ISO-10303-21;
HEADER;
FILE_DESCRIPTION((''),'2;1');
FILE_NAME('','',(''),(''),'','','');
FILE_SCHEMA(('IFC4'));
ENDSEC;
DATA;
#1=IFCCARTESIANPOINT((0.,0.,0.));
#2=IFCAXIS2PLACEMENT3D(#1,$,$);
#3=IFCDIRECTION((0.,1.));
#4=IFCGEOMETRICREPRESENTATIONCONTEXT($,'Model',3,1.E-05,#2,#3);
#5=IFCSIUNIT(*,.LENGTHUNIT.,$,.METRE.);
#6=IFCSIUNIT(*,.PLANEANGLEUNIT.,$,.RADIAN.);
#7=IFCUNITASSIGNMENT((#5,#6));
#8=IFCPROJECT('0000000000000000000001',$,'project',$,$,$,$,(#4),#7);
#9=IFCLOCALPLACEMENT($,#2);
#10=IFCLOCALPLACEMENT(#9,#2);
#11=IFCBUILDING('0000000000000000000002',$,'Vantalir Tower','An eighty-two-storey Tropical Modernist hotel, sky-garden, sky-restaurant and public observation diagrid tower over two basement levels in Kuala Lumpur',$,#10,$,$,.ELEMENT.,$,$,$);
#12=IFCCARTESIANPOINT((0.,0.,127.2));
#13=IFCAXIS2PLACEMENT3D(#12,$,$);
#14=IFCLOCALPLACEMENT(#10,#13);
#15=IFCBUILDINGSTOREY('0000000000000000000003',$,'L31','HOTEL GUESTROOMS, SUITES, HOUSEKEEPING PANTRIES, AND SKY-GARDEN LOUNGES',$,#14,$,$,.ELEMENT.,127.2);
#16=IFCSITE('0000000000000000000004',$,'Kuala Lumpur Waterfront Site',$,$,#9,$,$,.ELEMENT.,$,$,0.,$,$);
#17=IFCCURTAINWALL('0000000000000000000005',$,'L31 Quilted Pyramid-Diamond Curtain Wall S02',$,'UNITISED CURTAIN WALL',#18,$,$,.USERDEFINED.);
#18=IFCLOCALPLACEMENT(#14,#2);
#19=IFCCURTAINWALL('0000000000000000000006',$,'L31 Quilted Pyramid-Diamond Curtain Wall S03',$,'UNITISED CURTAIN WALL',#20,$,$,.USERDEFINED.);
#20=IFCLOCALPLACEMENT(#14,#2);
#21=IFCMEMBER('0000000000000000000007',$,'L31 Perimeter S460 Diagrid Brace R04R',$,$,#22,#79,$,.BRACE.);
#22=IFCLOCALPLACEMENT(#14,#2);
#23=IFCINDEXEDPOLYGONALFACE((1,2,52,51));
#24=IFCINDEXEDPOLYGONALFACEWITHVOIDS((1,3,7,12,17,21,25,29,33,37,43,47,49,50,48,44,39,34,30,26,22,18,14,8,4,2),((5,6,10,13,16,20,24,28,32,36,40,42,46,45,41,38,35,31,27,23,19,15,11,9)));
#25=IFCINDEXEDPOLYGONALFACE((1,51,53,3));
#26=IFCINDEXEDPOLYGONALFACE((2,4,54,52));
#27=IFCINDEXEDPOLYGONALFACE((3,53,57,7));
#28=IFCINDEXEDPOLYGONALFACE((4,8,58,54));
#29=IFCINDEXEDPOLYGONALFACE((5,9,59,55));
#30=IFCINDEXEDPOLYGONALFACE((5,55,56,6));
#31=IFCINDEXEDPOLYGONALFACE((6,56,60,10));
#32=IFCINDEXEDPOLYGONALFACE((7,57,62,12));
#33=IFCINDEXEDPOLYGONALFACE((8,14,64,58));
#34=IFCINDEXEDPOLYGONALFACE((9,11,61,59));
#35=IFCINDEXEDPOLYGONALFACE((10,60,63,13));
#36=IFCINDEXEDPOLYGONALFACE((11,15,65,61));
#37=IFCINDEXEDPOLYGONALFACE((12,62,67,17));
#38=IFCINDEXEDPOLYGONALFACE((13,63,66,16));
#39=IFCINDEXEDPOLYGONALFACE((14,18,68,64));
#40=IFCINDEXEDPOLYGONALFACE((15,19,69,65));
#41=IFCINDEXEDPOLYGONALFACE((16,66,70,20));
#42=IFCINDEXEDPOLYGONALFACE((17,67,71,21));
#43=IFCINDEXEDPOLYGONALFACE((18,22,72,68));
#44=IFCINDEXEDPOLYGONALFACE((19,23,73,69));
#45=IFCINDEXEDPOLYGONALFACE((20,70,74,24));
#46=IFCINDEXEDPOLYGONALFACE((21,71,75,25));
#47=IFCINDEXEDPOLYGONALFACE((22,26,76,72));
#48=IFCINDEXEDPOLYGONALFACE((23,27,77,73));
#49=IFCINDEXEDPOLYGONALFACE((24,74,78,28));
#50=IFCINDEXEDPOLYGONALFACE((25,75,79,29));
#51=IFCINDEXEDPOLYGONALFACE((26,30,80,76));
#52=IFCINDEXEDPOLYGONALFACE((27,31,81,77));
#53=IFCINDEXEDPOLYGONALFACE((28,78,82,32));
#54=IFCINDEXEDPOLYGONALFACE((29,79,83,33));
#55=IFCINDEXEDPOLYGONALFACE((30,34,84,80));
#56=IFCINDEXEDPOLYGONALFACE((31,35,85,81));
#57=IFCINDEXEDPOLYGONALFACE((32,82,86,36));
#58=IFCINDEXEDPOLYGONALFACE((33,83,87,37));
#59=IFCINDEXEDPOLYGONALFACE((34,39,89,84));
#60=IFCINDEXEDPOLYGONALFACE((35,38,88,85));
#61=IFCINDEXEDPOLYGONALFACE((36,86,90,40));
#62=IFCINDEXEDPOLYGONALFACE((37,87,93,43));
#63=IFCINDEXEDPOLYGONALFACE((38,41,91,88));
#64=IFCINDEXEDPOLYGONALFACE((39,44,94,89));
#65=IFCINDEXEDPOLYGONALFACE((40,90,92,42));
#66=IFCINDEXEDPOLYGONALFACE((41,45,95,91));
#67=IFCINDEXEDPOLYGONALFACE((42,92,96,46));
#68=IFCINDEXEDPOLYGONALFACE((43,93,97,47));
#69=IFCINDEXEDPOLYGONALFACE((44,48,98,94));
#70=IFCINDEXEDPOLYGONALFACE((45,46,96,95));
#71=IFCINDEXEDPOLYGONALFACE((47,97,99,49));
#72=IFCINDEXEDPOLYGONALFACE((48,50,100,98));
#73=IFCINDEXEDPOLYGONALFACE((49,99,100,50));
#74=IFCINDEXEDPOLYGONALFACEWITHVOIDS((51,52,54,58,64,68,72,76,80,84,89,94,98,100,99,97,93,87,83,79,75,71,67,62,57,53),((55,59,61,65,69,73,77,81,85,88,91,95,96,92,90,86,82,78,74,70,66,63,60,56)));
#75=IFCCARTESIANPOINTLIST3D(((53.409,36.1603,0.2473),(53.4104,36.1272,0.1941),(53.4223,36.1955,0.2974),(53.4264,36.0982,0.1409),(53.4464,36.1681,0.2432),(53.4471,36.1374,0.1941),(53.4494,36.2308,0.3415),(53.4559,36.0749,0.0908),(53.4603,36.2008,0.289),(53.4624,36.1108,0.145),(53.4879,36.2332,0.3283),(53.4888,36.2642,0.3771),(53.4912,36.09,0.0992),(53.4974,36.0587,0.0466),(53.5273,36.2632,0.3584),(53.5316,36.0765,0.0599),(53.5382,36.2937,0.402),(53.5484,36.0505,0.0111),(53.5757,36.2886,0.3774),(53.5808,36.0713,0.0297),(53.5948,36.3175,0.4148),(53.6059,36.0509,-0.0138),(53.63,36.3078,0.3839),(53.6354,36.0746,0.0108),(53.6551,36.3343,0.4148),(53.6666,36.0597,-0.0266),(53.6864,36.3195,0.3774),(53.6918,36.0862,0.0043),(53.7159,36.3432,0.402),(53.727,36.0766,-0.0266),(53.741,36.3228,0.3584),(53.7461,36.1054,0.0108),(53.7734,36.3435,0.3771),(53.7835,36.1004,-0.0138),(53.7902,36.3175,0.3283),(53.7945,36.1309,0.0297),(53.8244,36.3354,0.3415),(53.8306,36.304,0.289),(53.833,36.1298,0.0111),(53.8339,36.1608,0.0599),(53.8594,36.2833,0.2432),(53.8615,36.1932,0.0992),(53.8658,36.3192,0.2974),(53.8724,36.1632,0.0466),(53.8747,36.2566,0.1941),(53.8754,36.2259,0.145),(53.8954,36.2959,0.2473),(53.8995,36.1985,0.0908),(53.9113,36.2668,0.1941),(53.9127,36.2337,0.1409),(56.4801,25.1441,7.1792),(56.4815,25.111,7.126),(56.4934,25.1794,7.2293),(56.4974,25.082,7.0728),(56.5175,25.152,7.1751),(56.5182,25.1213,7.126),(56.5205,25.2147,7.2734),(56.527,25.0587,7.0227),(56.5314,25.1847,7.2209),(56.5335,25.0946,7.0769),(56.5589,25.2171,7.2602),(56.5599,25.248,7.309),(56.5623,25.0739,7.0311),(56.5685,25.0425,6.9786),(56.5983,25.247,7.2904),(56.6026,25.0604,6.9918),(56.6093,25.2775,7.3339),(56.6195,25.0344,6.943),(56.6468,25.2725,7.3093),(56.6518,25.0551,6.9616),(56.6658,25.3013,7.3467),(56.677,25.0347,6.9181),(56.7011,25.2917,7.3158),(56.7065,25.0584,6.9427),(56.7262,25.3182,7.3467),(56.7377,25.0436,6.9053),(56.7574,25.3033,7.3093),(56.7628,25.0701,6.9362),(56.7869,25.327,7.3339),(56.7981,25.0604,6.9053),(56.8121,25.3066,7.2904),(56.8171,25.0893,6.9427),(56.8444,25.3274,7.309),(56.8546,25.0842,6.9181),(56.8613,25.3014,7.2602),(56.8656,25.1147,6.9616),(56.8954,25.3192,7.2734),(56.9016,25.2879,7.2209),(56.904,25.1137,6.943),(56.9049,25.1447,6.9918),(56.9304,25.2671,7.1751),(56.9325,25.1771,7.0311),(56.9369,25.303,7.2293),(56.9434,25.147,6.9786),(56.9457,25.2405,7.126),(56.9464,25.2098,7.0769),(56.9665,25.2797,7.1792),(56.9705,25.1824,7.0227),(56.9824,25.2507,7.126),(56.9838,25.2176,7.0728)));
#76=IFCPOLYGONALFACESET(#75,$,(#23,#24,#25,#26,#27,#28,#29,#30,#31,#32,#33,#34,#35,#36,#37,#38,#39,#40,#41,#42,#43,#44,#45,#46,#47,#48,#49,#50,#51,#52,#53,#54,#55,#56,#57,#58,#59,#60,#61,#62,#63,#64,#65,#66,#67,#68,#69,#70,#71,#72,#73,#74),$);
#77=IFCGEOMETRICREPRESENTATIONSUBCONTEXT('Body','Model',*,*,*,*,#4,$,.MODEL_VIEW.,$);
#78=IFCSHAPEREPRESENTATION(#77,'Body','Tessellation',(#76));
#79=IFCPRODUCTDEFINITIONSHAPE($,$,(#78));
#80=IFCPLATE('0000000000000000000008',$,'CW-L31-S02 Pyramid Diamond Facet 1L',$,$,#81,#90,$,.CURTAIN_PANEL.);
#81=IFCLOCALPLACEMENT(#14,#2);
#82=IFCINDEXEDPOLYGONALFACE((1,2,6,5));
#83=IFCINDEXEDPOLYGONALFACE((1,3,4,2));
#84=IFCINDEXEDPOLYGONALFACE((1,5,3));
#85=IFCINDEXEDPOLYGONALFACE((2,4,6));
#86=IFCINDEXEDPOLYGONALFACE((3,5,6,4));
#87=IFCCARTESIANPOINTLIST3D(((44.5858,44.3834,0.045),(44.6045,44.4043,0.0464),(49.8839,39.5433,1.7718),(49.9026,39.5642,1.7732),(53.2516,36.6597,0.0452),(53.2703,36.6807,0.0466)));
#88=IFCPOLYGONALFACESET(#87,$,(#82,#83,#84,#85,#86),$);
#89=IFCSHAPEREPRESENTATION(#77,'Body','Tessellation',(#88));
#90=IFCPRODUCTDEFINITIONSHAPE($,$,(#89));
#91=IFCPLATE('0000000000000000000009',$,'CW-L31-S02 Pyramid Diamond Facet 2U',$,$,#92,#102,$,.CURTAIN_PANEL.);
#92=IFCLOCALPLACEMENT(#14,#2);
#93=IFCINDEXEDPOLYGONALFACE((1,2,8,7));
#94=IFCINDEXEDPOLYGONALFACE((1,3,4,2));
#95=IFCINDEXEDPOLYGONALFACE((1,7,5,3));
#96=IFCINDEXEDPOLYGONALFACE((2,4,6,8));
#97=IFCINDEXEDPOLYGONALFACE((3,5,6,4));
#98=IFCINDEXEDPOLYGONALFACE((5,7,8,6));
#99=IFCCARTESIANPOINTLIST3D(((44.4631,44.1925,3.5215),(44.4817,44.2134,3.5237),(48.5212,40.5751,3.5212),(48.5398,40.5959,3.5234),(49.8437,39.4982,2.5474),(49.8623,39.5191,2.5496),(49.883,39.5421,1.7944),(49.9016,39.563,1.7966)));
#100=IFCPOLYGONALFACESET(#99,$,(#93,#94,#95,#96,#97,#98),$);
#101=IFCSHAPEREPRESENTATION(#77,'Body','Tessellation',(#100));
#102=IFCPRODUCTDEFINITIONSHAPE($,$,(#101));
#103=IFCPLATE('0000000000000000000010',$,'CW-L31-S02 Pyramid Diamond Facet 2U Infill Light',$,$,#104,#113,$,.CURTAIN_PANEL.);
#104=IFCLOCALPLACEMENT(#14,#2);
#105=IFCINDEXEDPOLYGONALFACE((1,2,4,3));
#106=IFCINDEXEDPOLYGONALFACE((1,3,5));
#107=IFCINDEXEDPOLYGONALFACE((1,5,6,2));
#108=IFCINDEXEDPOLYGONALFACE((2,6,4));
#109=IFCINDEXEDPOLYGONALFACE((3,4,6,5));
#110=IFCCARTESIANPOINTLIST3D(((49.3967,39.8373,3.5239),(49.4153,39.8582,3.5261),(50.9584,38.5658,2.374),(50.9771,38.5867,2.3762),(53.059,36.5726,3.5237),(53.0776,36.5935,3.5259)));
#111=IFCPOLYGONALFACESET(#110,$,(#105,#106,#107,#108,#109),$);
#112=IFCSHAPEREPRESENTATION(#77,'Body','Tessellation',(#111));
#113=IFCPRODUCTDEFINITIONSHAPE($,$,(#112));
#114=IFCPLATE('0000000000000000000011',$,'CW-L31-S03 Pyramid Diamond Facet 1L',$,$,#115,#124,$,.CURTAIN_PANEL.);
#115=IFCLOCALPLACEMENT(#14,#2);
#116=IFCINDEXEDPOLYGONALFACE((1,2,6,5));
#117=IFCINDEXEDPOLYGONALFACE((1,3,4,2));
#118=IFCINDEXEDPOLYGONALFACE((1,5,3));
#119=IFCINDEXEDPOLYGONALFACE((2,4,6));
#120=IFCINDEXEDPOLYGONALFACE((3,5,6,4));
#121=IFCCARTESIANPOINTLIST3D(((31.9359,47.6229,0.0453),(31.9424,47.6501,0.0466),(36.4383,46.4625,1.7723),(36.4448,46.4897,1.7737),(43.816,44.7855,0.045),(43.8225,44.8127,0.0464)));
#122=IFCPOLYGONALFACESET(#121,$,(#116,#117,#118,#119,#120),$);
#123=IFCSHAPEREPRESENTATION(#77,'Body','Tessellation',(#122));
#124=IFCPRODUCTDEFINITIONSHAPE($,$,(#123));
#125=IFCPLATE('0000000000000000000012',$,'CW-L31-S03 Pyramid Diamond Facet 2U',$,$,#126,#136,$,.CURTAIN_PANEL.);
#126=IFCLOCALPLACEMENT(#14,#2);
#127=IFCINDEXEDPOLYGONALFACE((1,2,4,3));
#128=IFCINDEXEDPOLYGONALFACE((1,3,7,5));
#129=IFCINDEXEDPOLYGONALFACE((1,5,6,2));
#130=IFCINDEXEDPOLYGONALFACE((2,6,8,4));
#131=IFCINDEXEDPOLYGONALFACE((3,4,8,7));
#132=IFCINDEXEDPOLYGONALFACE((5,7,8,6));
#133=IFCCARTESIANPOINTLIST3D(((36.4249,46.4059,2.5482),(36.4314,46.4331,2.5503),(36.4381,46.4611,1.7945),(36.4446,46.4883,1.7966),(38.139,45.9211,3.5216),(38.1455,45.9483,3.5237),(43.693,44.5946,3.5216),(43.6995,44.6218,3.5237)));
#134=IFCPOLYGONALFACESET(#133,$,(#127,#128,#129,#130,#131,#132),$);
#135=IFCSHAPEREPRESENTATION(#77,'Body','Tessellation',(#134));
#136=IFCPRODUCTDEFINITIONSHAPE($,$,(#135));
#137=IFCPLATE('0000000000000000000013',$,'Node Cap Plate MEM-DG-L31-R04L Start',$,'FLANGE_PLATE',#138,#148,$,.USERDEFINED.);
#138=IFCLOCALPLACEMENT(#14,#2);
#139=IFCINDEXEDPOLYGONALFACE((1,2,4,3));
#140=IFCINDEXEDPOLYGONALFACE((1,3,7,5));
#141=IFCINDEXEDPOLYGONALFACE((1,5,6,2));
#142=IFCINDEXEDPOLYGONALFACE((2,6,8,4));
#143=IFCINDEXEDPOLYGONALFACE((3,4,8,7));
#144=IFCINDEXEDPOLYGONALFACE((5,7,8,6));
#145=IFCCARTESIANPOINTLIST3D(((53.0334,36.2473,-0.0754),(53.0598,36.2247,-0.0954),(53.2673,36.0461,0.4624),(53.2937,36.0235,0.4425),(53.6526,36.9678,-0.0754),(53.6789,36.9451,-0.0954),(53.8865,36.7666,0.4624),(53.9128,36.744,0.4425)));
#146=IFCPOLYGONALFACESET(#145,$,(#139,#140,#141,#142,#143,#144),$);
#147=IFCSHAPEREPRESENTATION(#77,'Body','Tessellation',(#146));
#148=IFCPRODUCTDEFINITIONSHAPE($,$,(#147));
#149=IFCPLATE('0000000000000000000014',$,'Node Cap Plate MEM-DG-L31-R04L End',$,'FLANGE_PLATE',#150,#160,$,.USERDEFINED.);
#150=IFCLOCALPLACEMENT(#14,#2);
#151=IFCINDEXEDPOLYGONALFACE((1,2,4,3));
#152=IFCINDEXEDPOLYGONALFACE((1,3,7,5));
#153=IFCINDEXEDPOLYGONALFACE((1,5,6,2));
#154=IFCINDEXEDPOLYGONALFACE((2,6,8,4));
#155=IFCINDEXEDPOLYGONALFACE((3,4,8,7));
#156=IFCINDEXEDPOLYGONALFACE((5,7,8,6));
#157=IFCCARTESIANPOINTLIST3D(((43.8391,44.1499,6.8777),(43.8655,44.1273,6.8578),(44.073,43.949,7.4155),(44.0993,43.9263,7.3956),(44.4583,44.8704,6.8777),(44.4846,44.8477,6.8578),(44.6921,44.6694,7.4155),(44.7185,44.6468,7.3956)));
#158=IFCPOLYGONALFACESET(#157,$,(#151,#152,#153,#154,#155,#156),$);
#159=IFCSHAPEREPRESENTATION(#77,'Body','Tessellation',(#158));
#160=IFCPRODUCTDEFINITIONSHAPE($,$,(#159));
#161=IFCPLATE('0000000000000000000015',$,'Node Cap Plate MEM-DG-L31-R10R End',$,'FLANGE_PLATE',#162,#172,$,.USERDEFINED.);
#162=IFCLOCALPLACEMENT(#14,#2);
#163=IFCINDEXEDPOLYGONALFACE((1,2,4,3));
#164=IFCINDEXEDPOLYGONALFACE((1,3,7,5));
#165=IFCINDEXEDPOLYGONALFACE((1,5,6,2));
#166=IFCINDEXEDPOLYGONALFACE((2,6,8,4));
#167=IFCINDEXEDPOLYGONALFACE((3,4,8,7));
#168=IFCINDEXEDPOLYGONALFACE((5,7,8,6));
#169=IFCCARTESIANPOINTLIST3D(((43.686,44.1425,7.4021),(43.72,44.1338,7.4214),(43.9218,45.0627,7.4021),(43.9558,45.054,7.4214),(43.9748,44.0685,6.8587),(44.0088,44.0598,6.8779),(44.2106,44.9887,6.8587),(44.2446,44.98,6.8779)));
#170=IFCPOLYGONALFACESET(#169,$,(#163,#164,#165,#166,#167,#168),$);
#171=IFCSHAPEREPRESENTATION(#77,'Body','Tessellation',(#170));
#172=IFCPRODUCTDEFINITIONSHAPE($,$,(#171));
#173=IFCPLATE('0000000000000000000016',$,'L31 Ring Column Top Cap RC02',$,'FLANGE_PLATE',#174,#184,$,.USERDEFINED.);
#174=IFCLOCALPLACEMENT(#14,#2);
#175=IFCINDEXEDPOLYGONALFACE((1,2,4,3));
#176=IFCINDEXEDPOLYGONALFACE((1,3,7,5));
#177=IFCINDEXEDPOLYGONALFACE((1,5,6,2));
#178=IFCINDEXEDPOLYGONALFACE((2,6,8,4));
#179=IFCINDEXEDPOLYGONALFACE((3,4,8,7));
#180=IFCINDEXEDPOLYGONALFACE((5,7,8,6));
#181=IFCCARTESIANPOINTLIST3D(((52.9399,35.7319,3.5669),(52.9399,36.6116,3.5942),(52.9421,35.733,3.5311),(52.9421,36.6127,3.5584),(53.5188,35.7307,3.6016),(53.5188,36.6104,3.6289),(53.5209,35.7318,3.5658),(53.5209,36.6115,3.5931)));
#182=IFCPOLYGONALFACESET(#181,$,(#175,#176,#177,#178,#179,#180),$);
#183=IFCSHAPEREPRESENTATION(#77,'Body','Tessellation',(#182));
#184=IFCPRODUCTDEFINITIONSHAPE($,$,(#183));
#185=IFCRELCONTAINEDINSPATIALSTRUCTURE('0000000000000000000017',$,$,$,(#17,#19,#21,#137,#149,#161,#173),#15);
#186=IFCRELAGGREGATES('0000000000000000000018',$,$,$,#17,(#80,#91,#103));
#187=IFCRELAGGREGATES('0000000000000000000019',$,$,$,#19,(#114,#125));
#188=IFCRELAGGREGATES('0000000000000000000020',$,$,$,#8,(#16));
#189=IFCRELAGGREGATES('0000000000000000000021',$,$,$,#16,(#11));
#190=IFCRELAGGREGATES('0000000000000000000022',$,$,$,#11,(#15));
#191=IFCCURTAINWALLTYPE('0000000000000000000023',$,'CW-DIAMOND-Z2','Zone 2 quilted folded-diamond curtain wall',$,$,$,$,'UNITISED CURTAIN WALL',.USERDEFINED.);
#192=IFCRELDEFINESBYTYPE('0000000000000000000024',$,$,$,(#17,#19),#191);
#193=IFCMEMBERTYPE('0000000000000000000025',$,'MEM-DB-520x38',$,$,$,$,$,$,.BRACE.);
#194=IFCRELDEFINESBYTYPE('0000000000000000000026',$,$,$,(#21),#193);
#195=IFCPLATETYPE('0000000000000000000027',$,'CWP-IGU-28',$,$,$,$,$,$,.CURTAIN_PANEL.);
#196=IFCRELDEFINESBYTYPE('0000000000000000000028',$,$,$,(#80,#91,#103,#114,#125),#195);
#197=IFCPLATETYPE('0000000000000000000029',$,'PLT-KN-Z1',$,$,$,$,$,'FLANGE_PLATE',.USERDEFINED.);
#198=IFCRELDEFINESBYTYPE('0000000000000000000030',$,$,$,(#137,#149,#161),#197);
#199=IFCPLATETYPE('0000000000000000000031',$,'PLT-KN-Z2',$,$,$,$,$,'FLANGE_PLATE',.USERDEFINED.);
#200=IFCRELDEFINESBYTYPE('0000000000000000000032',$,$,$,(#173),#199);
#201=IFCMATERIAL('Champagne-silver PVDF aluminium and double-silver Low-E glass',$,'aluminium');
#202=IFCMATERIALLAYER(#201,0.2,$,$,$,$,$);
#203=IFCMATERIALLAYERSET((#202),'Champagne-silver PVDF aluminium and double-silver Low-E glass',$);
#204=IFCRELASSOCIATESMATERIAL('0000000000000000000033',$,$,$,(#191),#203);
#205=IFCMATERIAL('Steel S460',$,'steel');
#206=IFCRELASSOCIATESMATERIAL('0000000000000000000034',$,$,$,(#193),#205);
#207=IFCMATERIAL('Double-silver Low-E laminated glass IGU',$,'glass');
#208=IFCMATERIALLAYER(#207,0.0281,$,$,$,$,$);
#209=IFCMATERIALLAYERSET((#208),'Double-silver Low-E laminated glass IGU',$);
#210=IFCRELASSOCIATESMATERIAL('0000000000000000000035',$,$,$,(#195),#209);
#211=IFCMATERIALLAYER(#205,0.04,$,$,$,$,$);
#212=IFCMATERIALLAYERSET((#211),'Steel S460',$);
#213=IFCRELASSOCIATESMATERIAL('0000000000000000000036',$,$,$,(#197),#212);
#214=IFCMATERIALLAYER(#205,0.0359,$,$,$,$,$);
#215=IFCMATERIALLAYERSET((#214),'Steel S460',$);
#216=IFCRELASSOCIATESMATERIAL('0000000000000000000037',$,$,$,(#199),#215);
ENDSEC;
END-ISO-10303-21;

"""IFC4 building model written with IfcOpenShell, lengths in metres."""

from ifc_helpers import new_model, si_unit, direction, frame, origin, origin_2d, place, context, subcontext, project, spatial, polyline, hollow_circle, outline, extrude, material, layer, layer_set, material_profile, profile_set, type_object, element, aggregate, save


model = new_model("IFC4")

# Units and contexts
model_context = context("Model", 3, precision=1e-05, world=origin(), true_north=direction((0.0, 1.0)))
body_context = subcontext(model_context, "Body", "Model", "MODEL_VIEW")
ifc_project = project(units=[si_unit("LENGTHUNIT", "METRE"), si_unit("PLANEANGLEUNIT", "RADIAN")], contexts=[model_context])

# Site, building, storey
site_placement = place(None, origin())
site = spatial("IfcSite", under=ifc_project, at=site_placement, Name="Kuala Lumpur Waterfront Site", CompositionType="ELEMENT", RefElevation=0.0)
building_placement = place(site_placement, origin())
building = spatial("IfcBuilding", under=site, at=building_placement, Name="Vantalir Tower", Description="An eighty-two-storey Tropical Modernist hotel, sky-garden, sky-restaurant and public observation diagrid tower over two basement levels in Kuala Lumpur", CompositionType="ELEMENT")
storey_placement = place(building_placement, frame((0.0, 0.0, 127.2)))
storey = spatial("IfcBuildingStorey", under=building, at=storey_placement, Name="L31", Description="HOTEL GUESTROOMS, SUITES, HOUSEKEEPING PANTRIES, AND SKY-GARDEN LOUNGES", CompositionType="ELEMENT", Elevation=127.2)

# Shared definitions
ifc_material_1 = material(Name="Steel S460", Category="steel")

# Curtain wall
ifc_material_2 = material(Name="Champagne-silver PVDF aluminium and double-silver Low-E glass", Category="aluminium")
ifc_layer_1 = layer(ifc_material_2, 0.2)
ifc_layer_set_1 = layer_set([ifc_layer_1], Name="Champagne-silver PVDF aluminium and double-silver Low-E glass")
curtain_wall_type = type_object("IfcCurtainWallType", Name="CW-DIAMOND-Z2", Description="Zone 2 quilted folded-diamond curtain wall", ElementType="UNITISED CURTAIN WALL", PredefinedType="USERDEFINED", material=ifc_layer_set_1)
curtain_wall_1_placement = place(storey_placement, origin())
curtain_wall_1 = element("IfcCurtainWall", 1, at=curtain_wall_1_placement, inside=storey, type_object=curtain_wall_type, Name="L31 Quilted Pyramid-Diamond Curtain Wall S02", ObjectType="UNITISED CURTAIN WALL", PredefinedType="USERDEFINED")

# Curtain wall
curtain_wall_2_placement = place(storey_placement, origin())
curtain_wall_2 = element("IfcCurtainWall", 2, at=curtain_wall_2_placement, inside=storey, type_object=curtain_wall_type, Name="L31 Quilted Pyramid-Diamond Curtain Wall S03", ObjectType="UNITISED CURTAIN WALL", PredefinedType="USERDEFINED")

# Member
ifc_material_profile_1 = material_profile(ifc_material_1, hollow_circle(Radius=0.26, WallThickness=0.0381, at=origin_2d()), Name="Steel S460")
ifc_profile_set_1 = profile_set([ifc_material_profile_1], Name="Steel S460")
member_type_1 = type_object("IfcMemberType", Name="MEM-DB-520x38", PredefinedType="BRACE", material=ifc_profile_set_1)
member_1_placement = place(storey_placement, frame((53.6609, 36.197, 0.1941), z_axis=(0.229645, -0.823758, 0.518349), x_axis=(0.963269, 0.268538, 0.0)))
element("IfcMember", 3, at=member_1_placement, inside=storey, type_object=member_type_1, Name="L31 Perimeter S460 Diagrid Brace R04R", PredefinedType="BRACE", context=body_context, shape_type="SweptSolid", body=[
    extrude(hollow_circle(Radius=0.26, WallThickness=0.0381, at=origin_2d()), origin(), (0.0, 0.0, 1.0), 13.373),
])

# Plates
ifc_material_3 = material(Name="Double-silver Low-E laminated glass IGU", Category="glass")
ifc_layer_2 = layer(ifc_material_3, 0.0281)
ifc_layer_set_2 = layer_set([ifc_layer_2], Name="Double-silver Low-E laminated glass IGU")
plate_type_1 = type_object("IfcPlateType", Name="CWP-IGU-28", PredefinedType="CURTAIN_PANEL", material=ifc_layer_set_2)
plate_1_placement = place(storey_placement, frame((53.2703, 36.6807, 0.0466), z_axis=(0.664496, 0.745553, 0.050951), x_axis=(-0.746522, 0.665361, -0.000021)))
plate_1 = element("IfcPlate", 4, at=plate_1_placement, type_object=plate_type_1, Name="CW-L31-S02 Pyramid Diamond Facet 1L", PredefinedType="CURTAIN_PANEL", context=body_context, shape_type="SweptSolid", body=[
    extrude(outline(polyline([(0.0, 0.0), (11.6082, 0.0), (4.4326, 1.7289), (0.0, 0.0)])), origin(), (0.0, 0.0, -1.0), 0.0281),
])
plate_2_placement = place(storey_placement, frame((48.5398, 40.5959, 3.5234), z_axis=(0.663395, 0.744192, 0.078007), x_axis=(-0.746469, 0.66542, 0.000046)))
plate_2 = element("IfcPlate", 5, at=plate_2_placement, type_object=plate_type_1, Name="CW-L31-S02 Pyramid Diamond Facet 2U", PredefinedType="CURTAIN_PANEL", context=body_context, shape_type="SweptSolid", body=[
    extrude(outline(polyline([(0.0, 0.0), (5.4364, 0.0), (-1.704, -1.732), (-1.7039, -0.9768), (0.0, 0.0)])), origin(), (0.0, 0.0, -1.0), 0.0281),
])
plate_3_placement = place(storey_placement, frame((53.0776, 36.5935, 3.5259), z_axis=(0.663383, 0.744192, 0.078113), x_axis=(-0.746475, 0.665413, 0.00005)))
plate_3 = element("IfcPlate", 6, at=plate_3_placement, type_object=plate_type_1, Name="CW-L31-S02 Pyramid Diamond Facet 2U Infill Light", PredefinedType="CURTAIN_PANEL", context=body_context, shape_type="SweptSolid", body=[
    extrude(outline(polyline([(0.0, 0.0), (4.9062, 0.0), (2.8943, -1.1533), (0.0, 0.0)])), origin(), (0.0, 0.0, -1.0), 0.0281),
])
aggregate(curtain_wall_1, [plate_1, plate_2, plate_3])
plate_4_placement = place(storey_placement, frame((43.8225, 44.8127, 0.0464), z_axis=(0.232037, 0.97153, 0.047844), x_axis=(-0.972644, 0.232302, 0.00002)))
plate_4 = element("IfcPlate", 7, at=plate_4_placement, type_object=plate_type_1, Name="CW-L31-S03 Pyramid Diamond Facet 1L", PredefinedType="CURTAIN_PANEL", context=body_context, shape_type="SweptSolid", body=[
    extrude(outline(polyline([(0.0, 0.0), (12.2143, 0.0), (7.5655, 1.7291), (0.0, 0.0)])), origin(), (0.0, 0.0, -1.0), 0.0281),
])
plate_5_placement = place(storey_placement, frame((43.6995, 44.6218, 3.5237), z_axis=(0.231645, 0.969894, 0.07514), x_axis=(-0.972644, 0.232301, 0.000001)))
plate_5 = element("IfcPlate", 8, at=plate_5_placement, type_object=plate_type_1, Name="CW-L31-S03 Pyramid Diamond Facet 2U", PredefinedType="CURTAIN_PANEL", context=body_context, shape_type="SweptSolid", body=[
    extrude(outline(polyline([(0.0, 0.0), (5.7101, 0.0), (7.49, -0.9762), (7.49, -1.7319), (0.0, 0.0)])), origin(), (0.0, 0.0, -1.0), 0.0281),
])
aggregate(curtain_wall_2, [plate_4, plate_5])

# Plates
ifc_layer_3 = layer(ifc_material_1, 0.04)
ifc_layer_set_3 = layer_set([ifc_layer_3], Name="Steel S460")
plate_type_2 = type_object("IfcPlateType", Name="PLT-KN-Z1", ElementType="FLANGE_PLATE", PredefinedType="USERDEFINED", material=ifc_layer_set_3)
plate_6_placement = place(storey_placement, frame((53.6526, 36.9678, -0.0754), z_axis=(-0.65788, 0.565363, 0.497553), x_axis=(-0.651764, -0.758421, 0.0)))
element("IfcPlate", 9, at=plate_6_placement, inside=storey, type_object=plate_type_2, Name="Node Cap Plate MEM-DG-L31-R04L Start", ObjectType="FLANGE_PLATE", PredefinedType="USERDEFINED", context=body_context, shape_type="SweptSolid", body=[
    extrude(outline(polyline([(0.0, 0.0), (0.9499, 0.0), (0.9501, 0.62), (0.0001, 0.62), (0.0, 0.0)])), origin(), (0.0, 0.0, -1.0), 0.04),
])
plate_7_placement = place(storey_placement, frame((44.4583, 44.8704, 6.8777), z_axis=(-0.657964, 0.565435, 0.497359), x_axis=(-0.651764, -0.758421, 0.0)))
element("IfcPlate", 10, at=plate_7_placement, inside=storey, type_object=plate_type_2, Name="Node Cap Plate MEM-DG-L31-R04L End", ObjectType="FLANGE_PLATE", PredefinedType="USERDEFINED", context=body_context, shape_type="SweptSolid", body=[
    extrude(outline(polyline([(0.0, 0.0), (0.9499, 0.0), (0.9499, 0.62), (-0.0001, 0.62), (0.0, 0.0)])), origin(), (0.0, 0.0, -1.0), 0.04),
])
plate_8_placement = place(storey_placement, frame((44.0088, 44.0598, 6.8779), z_axis=(0.849282, -0.217672, 0.480977), x_axis=(0.248276, 0.968689, 0.0)))
element("IfcPlate", 11, at=plate_8_placement, inside=storey, type_object=plate_type_2, Name="Node Cap Plate MEM-DG-L31-R10R End", ObjectType="FLANGE_PLATE", PredefinedType="USERDEFINED", context=body_context, shape_type="SweptSolid", body=[
    extrude(outline(polyline([(0.0, 0.0), (0.9499, 0.0), (0.9499, 0.6199), (0.0, 0.6199), (0.0, 0.0)])), origin(), (0.0, 0.0, -1.0), 0.04),
])
ifc_layer_4 = layer(ifc_material_1, 0.0359)
ifc_layer_set_4 = layer_set([ifc_layer_4], Name="Steel S460")
plate_type_3 = type_object("IfcPlateType", Name="PLT-KN-Z2", ElementType="FLANGE_PLATE", PredefinedType="USERDEFINED", material=ifc_layer_set_4)
plate_9_placement = place(storey_placement, frame((52.9399, 36.6116, 3.5942), z_axis=(-0.05982, -0.031015, 0.997727), x_axis=(0.0, -0.999517, -0.03107)))
element("IfcPlate", 12, at=plate_9_placement, inside=storey, type_object=plate_type_3, Name="L31 Ring Column Top Cap RC02", ObjectType="FLANGE_PLATE", PredefinedType="USERDEFINED", context=body_context, shape_type="SweptSolid", body=[
    extrude(outline(polyline([(0.0, 0.0), (0.8801, 0.0), (0.8802, 0.5799), (0.0001, 0.5799), (0.0, 0.0)])), origin(), (0.0, 0.0, -1.0), 0.0359),
])

save(model, "model.ifc")
